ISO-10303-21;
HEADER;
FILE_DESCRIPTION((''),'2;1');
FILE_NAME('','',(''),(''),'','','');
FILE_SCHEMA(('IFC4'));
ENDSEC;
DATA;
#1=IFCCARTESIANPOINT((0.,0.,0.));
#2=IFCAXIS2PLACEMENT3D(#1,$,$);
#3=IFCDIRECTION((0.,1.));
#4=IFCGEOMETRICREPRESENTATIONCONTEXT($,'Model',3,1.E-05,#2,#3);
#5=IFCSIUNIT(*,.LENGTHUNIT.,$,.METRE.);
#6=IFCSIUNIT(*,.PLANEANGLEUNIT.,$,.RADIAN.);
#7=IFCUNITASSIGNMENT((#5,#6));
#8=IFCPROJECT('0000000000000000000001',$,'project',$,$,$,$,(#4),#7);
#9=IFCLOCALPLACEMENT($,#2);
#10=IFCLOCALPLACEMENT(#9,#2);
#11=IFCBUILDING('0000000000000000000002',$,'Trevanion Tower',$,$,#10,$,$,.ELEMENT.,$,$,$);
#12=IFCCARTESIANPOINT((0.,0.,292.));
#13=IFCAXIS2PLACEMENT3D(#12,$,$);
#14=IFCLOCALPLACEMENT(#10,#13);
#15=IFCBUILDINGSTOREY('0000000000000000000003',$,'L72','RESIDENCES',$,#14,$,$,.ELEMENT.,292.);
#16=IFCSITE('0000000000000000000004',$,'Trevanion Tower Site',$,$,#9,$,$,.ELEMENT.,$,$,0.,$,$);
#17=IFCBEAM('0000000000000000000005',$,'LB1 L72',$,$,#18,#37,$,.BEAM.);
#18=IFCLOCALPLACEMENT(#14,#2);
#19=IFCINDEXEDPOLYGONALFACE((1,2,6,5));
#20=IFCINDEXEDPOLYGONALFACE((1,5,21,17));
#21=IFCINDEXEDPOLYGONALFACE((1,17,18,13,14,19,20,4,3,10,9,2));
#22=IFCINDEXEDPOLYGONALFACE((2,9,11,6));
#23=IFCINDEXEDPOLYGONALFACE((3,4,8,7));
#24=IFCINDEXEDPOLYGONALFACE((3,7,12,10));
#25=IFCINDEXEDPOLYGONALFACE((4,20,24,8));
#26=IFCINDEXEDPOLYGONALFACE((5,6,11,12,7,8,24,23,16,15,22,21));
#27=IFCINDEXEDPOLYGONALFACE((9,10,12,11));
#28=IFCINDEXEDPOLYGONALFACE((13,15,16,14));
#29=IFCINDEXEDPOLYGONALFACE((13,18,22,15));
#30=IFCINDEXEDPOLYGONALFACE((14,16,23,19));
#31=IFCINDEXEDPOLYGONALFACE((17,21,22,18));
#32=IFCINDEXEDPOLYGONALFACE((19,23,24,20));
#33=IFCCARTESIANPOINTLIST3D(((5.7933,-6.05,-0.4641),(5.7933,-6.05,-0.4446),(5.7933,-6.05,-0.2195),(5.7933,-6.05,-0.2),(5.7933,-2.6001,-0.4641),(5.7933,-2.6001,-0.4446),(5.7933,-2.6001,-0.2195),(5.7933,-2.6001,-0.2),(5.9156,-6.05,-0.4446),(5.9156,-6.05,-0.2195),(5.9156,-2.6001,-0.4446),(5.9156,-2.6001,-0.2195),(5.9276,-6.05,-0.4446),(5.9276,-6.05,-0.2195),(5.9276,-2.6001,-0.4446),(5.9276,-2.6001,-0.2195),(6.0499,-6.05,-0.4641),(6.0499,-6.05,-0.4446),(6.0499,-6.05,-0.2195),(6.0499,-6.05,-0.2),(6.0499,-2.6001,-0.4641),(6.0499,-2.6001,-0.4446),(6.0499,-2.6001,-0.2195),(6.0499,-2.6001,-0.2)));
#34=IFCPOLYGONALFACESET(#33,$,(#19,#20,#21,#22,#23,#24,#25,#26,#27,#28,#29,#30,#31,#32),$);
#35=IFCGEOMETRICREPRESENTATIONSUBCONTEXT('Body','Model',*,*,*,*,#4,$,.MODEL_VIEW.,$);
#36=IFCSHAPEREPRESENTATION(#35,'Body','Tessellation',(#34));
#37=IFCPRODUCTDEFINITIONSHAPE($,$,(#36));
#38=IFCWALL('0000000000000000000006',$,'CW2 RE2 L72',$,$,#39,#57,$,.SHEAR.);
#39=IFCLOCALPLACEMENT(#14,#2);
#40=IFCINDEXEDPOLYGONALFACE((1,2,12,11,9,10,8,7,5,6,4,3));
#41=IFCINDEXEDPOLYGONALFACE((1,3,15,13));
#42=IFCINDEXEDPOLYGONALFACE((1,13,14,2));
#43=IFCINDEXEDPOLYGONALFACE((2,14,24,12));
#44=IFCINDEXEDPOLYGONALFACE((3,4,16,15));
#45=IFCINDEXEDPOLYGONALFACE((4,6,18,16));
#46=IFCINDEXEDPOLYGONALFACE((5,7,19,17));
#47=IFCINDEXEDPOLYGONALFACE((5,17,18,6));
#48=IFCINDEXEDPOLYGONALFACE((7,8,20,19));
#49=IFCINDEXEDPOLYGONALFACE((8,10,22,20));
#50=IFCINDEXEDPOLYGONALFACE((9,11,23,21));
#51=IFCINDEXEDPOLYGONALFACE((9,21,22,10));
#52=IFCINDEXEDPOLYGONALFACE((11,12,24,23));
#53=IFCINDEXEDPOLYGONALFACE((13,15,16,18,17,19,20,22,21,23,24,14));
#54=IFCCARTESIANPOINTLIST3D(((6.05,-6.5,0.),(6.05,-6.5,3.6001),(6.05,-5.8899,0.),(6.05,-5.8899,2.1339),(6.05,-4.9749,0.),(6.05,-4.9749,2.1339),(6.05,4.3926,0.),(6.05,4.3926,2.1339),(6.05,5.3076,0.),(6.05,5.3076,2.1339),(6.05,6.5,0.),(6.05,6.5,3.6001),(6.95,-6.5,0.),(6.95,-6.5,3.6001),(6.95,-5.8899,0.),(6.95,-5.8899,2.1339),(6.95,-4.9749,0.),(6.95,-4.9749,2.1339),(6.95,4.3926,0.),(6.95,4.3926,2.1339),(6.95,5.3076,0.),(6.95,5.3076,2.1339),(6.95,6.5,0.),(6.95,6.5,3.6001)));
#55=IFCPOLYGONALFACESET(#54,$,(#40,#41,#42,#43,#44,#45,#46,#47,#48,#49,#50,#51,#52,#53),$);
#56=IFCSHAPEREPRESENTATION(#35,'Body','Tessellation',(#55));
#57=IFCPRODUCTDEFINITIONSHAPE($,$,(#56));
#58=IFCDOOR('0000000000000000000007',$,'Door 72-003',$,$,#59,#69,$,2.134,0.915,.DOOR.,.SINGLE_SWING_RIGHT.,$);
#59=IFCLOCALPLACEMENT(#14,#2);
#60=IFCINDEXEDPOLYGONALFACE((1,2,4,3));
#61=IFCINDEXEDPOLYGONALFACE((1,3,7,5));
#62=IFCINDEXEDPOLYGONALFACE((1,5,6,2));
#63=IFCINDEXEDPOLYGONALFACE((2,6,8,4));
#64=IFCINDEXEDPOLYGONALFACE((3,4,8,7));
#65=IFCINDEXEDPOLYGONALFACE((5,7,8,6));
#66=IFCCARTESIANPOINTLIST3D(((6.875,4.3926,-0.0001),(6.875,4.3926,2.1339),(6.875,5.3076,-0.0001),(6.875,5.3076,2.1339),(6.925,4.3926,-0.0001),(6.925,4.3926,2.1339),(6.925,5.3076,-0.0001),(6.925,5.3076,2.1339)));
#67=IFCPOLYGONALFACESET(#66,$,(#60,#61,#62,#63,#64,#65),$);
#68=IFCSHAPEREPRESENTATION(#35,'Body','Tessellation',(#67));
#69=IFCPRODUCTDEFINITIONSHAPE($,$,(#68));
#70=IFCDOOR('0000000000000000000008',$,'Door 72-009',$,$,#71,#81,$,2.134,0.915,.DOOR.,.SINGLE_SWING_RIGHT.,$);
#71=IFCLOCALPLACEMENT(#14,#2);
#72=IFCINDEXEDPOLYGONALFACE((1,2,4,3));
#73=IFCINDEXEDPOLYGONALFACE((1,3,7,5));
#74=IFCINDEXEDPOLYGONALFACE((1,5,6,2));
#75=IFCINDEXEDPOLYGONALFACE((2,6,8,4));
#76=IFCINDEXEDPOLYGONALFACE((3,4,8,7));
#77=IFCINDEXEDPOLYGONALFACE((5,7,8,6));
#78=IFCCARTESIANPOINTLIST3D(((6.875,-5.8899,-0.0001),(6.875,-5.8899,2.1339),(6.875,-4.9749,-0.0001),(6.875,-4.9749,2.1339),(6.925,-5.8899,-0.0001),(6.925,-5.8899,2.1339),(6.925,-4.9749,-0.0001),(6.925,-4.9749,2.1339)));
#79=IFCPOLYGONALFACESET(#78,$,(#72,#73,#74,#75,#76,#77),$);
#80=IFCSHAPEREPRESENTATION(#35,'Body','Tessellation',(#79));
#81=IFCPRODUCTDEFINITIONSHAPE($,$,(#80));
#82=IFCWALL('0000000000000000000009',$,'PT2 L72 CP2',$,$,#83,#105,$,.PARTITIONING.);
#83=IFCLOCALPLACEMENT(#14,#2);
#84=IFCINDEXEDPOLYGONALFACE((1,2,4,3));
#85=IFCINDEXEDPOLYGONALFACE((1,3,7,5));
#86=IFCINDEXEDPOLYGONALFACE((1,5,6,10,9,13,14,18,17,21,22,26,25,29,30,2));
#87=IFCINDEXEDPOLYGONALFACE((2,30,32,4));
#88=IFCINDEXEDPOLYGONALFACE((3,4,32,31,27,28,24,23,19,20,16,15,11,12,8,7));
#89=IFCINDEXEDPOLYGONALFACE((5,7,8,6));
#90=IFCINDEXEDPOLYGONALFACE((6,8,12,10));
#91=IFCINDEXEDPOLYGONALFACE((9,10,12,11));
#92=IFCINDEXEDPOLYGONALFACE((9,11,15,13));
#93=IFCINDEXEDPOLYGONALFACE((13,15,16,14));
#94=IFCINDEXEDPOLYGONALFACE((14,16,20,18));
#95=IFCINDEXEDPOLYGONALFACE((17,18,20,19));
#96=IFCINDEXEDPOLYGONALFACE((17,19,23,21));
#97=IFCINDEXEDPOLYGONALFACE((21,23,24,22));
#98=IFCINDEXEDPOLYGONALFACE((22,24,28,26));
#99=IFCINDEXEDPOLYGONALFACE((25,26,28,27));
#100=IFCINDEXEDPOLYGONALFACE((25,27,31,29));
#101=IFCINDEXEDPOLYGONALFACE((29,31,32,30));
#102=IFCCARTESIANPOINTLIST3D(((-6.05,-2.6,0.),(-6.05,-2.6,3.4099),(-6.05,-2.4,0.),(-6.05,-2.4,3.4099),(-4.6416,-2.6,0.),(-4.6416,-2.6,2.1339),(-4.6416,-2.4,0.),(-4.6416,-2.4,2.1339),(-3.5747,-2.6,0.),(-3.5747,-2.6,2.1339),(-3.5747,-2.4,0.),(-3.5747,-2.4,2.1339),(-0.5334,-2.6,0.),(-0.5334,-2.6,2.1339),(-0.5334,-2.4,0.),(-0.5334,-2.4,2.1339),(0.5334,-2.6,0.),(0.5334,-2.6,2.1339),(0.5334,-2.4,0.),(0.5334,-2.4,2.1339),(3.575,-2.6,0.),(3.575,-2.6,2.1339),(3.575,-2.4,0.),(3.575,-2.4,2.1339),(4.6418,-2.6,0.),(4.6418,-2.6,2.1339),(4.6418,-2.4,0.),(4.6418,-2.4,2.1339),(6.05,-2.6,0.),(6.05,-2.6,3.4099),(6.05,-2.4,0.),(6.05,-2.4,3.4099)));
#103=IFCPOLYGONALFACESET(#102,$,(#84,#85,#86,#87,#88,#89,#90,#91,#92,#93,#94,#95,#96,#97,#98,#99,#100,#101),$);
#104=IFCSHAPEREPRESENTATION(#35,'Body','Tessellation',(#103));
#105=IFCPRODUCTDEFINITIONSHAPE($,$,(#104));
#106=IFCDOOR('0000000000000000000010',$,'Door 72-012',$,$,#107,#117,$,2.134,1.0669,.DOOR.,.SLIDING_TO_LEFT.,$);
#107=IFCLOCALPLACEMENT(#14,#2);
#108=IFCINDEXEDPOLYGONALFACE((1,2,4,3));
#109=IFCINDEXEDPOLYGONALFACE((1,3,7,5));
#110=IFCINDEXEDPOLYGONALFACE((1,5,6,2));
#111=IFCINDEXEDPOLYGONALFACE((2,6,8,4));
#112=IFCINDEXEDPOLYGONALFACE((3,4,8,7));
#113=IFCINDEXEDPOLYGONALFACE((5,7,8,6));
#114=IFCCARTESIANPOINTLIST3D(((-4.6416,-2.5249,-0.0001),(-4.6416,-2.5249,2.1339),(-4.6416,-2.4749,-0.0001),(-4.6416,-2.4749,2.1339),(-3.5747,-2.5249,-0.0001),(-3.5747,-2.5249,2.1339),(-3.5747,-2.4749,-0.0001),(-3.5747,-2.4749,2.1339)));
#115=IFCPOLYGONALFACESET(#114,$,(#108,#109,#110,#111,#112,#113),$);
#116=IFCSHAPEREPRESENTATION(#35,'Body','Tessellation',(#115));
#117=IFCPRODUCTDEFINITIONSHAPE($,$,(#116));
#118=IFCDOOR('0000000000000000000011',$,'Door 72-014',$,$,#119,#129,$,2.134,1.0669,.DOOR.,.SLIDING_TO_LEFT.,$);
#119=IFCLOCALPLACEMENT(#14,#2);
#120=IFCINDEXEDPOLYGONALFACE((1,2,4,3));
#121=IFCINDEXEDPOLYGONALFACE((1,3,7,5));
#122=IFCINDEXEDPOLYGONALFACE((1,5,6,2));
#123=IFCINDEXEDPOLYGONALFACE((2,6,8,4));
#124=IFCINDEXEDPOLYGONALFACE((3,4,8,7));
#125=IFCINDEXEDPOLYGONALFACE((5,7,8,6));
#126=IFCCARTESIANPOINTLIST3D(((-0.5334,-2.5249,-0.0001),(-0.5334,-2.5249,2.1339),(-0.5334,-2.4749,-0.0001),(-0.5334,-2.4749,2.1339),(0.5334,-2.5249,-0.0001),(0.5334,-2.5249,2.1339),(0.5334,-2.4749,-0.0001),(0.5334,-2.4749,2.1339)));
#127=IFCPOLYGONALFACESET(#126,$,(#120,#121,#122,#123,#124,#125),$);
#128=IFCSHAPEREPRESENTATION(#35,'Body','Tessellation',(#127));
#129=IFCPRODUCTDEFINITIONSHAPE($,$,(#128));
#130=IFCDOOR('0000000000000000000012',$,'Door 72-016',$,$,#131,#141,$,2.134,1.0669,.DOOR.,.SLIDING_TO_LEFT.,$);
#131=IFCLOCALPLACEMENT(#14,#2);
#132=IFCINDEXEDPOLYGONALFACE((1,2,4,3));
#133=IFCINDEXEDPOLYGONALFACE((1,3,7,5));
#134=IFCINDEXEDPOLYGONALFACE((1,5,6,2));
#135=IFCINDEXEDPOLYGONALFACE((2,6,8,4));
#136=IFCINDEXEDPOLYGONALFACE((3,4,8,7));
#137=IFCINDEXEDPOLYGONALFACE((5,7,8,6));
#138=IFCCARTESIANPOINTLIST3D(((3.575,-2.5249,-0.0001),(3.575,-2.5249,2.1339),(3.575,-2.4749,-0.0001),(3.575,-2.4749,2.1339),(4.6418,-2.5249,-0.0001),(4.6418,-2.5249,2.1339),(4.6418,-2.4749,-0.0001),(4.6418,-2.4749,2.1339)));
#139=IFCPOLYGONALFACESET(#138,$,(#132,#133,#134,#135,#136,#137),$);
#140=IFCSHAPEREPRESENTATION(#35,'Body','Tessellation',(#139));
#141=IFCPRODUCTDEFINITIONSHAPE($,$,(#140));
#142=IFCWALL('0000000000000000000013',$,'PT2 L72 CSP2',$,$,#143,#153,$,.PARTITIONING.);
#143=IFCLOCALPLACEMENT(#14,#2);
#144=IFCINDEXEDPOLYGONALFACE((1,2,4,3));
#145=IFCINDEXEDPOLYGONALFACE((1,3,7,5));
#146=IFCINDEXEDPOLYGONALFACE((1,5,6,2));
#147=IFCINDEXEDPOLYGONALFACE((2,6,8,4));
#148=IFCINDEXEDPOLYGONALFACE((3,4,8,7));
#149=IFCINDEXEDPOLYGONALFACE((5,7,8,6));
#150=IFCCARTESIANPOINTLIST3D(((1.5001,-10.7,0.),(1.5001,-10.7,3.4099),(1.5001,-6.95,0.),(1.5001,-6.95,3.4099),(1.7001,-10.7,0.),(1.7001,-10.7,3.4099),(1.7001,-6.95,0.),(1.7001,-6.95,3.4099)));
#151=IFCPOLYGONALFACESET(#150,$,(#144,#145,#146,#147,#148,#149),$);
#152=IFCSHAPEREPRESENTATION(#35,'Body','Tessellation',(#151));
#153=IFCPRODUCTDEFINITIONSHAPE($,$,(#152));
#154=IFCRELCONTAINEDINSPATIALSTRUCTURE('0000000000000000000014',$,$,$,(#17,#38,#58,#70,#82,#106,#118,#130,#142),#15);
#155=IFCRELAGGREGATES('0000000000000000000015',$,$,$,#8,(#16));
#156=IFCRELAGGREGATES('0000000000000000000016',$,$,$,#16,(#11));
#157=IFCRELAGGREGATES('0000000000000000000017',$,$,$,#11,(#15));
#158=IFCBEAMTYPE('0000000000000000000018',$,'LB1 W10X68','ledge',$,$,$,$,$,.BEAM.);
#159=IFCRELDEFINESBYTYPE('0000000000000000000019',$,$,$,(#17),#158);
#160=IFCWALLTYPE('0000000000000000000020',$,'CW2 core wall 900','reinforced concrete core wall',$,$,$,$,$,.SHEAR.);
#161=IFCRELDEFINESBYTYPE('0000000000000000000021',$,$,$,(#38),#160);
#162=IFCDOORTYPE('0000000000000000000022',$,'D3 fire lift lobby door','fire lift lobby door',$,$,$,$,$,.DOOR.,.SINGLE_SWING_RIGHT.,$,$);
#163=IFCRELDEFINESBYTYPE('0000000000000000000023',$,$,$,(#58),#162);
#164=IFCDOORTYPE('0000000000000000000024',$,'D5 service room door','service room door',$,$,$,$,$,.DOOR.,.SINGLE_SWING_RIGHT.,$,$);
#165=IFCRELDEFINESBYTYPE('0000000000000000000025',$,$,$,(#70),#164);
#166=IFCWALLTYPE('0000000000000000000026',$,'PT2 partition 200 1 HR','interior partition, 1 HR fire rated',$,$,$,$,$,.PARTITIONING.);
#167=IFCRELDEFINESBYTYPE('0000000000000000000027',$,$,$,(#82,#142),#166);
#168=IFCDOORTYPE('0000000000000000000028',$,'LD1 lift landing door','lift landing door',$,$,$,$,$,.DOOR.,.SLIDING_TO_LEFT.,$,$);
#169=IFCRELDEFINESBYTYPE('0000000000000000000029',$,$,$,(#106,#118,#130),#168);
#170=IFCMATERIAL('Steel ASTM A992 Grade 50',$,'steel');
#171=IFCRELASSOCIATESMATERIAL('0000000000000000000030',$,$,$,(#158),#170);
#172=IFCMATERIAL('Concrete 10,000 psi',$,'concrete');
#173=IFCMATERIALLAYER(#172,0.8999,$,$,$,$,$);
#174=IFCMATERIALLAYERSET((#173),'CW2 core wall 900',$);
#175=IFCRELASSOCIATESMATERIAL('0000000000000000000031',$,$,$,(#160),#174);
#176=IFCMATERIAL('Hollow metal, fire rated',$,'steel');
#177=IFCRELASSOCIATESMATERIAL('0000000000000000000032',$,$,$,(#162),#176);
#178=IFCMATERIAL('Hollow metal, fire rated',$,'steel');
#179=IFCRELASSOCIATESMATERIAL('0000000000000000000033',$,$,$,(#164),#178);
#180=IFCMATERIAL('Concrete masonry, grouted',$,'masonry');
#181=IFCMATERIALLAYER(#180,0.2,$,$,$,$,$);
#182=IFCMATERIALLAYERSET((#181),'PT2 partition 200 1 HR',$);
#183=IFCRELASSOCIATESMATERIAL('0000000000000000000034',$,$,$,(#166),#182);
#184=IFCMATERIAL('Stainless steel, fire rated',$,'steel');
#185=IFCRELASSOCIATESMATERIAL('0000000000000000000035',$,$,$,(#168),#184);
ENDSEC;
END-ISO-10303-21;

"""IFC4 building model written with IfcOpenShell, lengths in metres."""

from ifc_helpers import new_model, si_unit, direction, frame, frame_2d, origin, origin_2d, place, context, subcontext, project, spatial, rectangle, i_section, extrude, material, layer, layer_set, material_profile, profile_set, type_object, element, fill, save


model = new_model("IFC4")

# Units and contexts
model_context = context("Model", 3, precision=1e-05, world=origin(), true_north=direction((0.0, 1.0)))
body_context = subcontext(model_context, "Body", "Model", "MODEL_VIEW")
ifc_project = project(units=[si_unit("LENGTHUNIT", "METRE"), si_unit("PLANEANGLEUNIT", "RADIAN")], contexts=[model_context])

# Site, building, storey
site_placement = place(None, origin())
site = spatial("IfcSite", under=ifc_project, at=site_placement, Name="Trevanion Tower Site", CompositionType="ELEMENT", RefElevation=0.0)
building_placement = place(site_placement, origin())
building = spatial("IfcBuilding", under=site, at=building_placement, Name="Trevanion Tower", CompositionType="ELEMENT")
storey_placement = place(building_placement, frame((0.0, 0.0, 292.0)))
storey = spatial("IfcBuildingStorey", under=building, at=storey_placement, Name="L72", Description="RESIDENCES", CompositionType="ELEMENT", Elevation=292.0)

# Beam
ifc_material_1 = material(Name="Steel ASTM A992 Grade 50", Category="steel")
ifc_material_profile = material_profile(ifc_material_1, i_section(OverallWidth=0.2566, OverallDepth=0.2642, WebThickness=0.012, FlangeThickness=0.0195, at=origin_2d()), Name="W10X68")
ifc_profile_set = profile_set([ifc_material_profile], Name="Steel ASTM A992 Grade 50")
beam_type = type_object("IfcBeamType", Name="LB1 W10X68", Description="ledge", PredefinedType="BEAM", material=ifc_profile_set)
beam_placement = place(storey_placement, frame((5.9216, -6.05, -0.332), z_axis=(0.0, 1.0, 0.0), x_axis=(-1.0, 0.0, 0.0)))
element("IfcBeam", 1, at=beam_placement, inside=storey, type_object=beam_type, Name="LB1 L72", PredefinedType="BEAM", context=body_context, shape_type="SweptSolid", body=[
    extrude(i_section(OverallWidth=0.2566, OverallDepth=0.2642, WebThickness=0.012, FlangeThickness=0.0195, at=origin_2d()), origin(), (0.0, 0.0, 1.0), 3.45),
])

# Walls, openings, doors
ifc_material_2 = material(Name="Concrete 10,000 psi", Category="concrete")
ifc_layer_1 = layer(ifc_material_2, 0.8999)
ifc_layer_set_1 = layer_set([ifc_layer_1], Name="CW2 core wall 900")
wall_type_1 = type_object("IfcWallType", Name="CW2 core wall 900", Description="reinforced concrete core wall", PredefinedType="SHEAR", material=ifc_layer_set_1)
wall_1_placement = place(storey_placement, frame((6.5, -6.5, 0.0), z_axis=(0.0, 0.0, 1.0), x_axis=(0.0, 1.0, 0.0)))
wall_1 = element("IfcWall", 2, at=wall_1_placement, inside=storey, type_object=wall_type_1, Name="CW2 RE2 L72", PredefinedType="SHEAR", context=body_context, shape_type="SweptSolid", body=[
    extrude(rectangle(XDim=13.0, YDim=0.8999, at=frame_2d((6.5, 0.0))), origin(), (0.0, 0.0, 1.0), 3.6001),
])
opening_1_placement = place(wall_1_placement, frame((10.8926, 0.0, 0.0)))
opening_1 = element("IfcOpeningElement", 3, at=opening_1_placement, cuts=wall_1, PredefinedType="OPENING", context=body_context, shape_type="SweptSolid", body=[
    extrude(rectangle(XDim=0.915, YDim=2.134, at=frame_2d((0.4575, 1.0669))), frame((0.0, 0.46, 0.0), z_axis=(0.0, -1.0, 0.0), x_axis=(1.0, 0.0, 0.0)), (0.0, 0.0, 1.0), 0.9199),
])
opening_2_placement = place(wall_1_placement, frame((0.6101, 0.0, 0.0)))
opening_2 = element("IfcOpeningElement", 4, at=opening_2_placement, cuts=wall_1, PredefinedType="OPENING", context=body_context, shape_type="SweptSolid", body=[
    extrude(rectangle(XDim=0.915, YDim=2.134, at=frame_2d((0.4575, 1.0669))), frame((0.0, 0.46, 0.0), z_axis=(0.0, -1.0, 0.0), x_axis=(1.0, 0.0, 0.0)), (0.0, 0.0, 1.0), 0.9199),
])
ifc_material_3 = material(Name="Hollow metal, fire rated", Category="steel")
door_type_1 = type_object("IfcDoorType", Name="D3 fire lift lobby door", Description="fire lift lobby door", OperationType="SINGLE_SWING_RIGHT", PredefinedType="DOOR", material=ifc_material_3)
door_1_placement = place(opening_1_placement, origin())
door_1 = element("IfcDoor", 5, at=door_1_placement, inside=storey, type_object=door_type_1, Name="Door 72-003", OperationType="SINGLE_SWING_RIGHT", OverallHeight=2.134, OverallWidth=0.915, PredefinedType="DOOR", context=body_context, shape_type="SweptSolid", body=[
    extrude(rectangle(XDim=0.915, YDim=2.134, at=frame_2d((0.4575, 1.0669))), frame((0.0, -0.375, 0.0), z_axis=(0.0, -1.0, 0.0), x_axis=(1.0, 0.0, 0.0)), (0.0, 0.0, 1.0), 0.05),
])
fill(opening_1, door_1)
ifc_material_4 = material(Name="Hollow metal, fire rated", Category="steel")
door_type_2 = type_object("IfcDoorType", Name="D5 service room door", Description="service room door", OperationType="SINGLE_SWING_RIGHT", PredefinedType="DOOR", material=ifc_material_4)
door_2_placement = place(opening_2_placement, origin())
door_2 = element("IfcDoor", 6, at=door_2_placement, inside=storey, type_object=door_type_2, Name="Door 72-009", OperationType="SINGLE_SWING_RIGHT", OverallHeight=2.134, OverallWidth=0.915, PredefinedType="DOOR", context=body_context, shape_type="SweptSolid", body=[
    extrude(rectangle(XDim=0.915, YDim=2.134, at=frame_2d((0.4575, 1.0669))), frame((0.0, -0.375, 0.0), z_axis=(0.0, -1.0, 0.0), x_axis=(1.0, 0.0, 0.0)), (0.0, 0.0, 1.0), 0.05),
])
fill(opening_2, door_2)
ifc_material_5 = material(Name="Concrete masonry, grouted", Category="masonry")
ifc_layer_2 = layer(ifc_material_5, 0.2)
ifc_layer_set_2 = layer_set([ifc_layer_2], Name="PT2 partition 200 1 HR")
wall_type_2 = type_object("IfcWallType", Name="PT2 partition 200 1 HR", Description="interior partition, 1 HR fire rated", PredefinedType="PARTITIONING", material=ifc_layer_set_2)
wall_2_placement = place(storey_placement, frame((6.05, -2.5, 0.0), z_axis=(0.0, 0.0, 1.0), x_axis=(-1.0, 0.0, 0.0)))
wall_2 = element("IfcWall", 7, at=wall_2_placement, inside=storey, type_object=wall_type_2, Name="PT2 L72 CP2", PredefinedType="PARTITIONING", context=body_context, shape_type="SweptSolid", body=[
    extrude(rectangle(XDim=12.1001, YDim=0.2, at=frame_2d((6.05, 0.0))), origin(), (0.0, 0.0, 1.0), 3.4099),
])
opening_3_placement = place(wall_2_placement, frame((9.6248, 0.0, 0.0)))
opening_3 = element("IfcOpeningElement", 8, at=opening_3_placement, cuts=wall_2, PredefinedType="OPENING", context=body_context, shape_type="SweptSolid", body=[
    extrude(rectangle(XDim=1.0669, YDim=2.134, at=frame_2d((0.5334, 1.0669))), frame((0.0, 0.1099, 0.0), z_axis=(0.0, -1.0, 0.0), x_axis=(1.0, 0.0, 0.0)), (0.0, 0.0, 1.0), 0.22),
])
opening_4_placement = place(wall_2_placement, frame((5.5166, 0.0, 0.0)))
opening_4 = element("IfcOpeningElement", 9, at=opening_4_placement, cuts=wall_2, PredefinedType="OPENING", context=body_context, shape_type="SweptSolid", body=[
    extrude(rectangle(XDim=1.0669, YDim=2.134, at=frame_2d((0.5334, 1.0669))), frame((0.0, 0.1099, 0.0), z_axis=(0.0, -1.0, 0.0), x_axis=(1.0, 0.0, 0.0)), (0.0, 0.0, 1.0), 0.22),
])
opening_5_placement = place(wall_2_placement, frame((1.4082, 0.0, 0.0)))
opening_5 = element("IfcOpeningElement", 10, at=opening_5_placement, cuts=wall_2, PredefinedType="OPENING", context=body_context, shape_type="SweptSolid", body=[
    extrude(rectangle(XDim=1.0669, YDim=2.134, at=frame_2d((0.5334, 1.0669))), frame((0.0, 0.1099, 0.0), z_axis=(0.0, -1.0, 0.0), x_axis=(1.0, 0.0, 0.0)), (0.0, 0.0, 1.0), 0.22),
])
ifc_material_6 = material(Name="Stainless steel, fire rated", Category="steel")
door_type_3 = type_object("IfcDoorType", Name="LD1 lift landing door", Description="lift landing door", OperationType="SLIDING_TO_LEFT", PredefinedType="DOOR", material=ifc_material_6)
door_3_placement = place(opening_3_placement, origin())
door_3 = element("IfcDoor", 11, at=door_3_placement, inside=storey, type_object=door_type_3, Name="Door 72-012", OperationType="SLIDING_TO_LEFT", OverallHeight=2.134, OverallWidth=1.0669, PredefinedType="DOOR", context=body_context, shape_type="SweptSolid", body=[
    extrude(rectangle(XDim=1.0669, YDim=2.134, at=frame_2d((0.5334, 1.0669))), frame((0.0, 0.0249, 0.0), z_axis=(0.0, -1.0, 0.0), x_axis=(1.0, 0.0, 0.0)), (0.0, 0.0, 1.0), 0.05),
])
fill(opening_3, door_3)
door_4_placement = place(opening_4_placement, origin())
door_4 = element("IfcDoor", 12, at=door_4_placement, inside=storey, type_object=door_type_3, Name="Door 72-014", OperationType="SLIDING_TO_LEFT", OverallHeight=2.134, OverallWidth=1.0669, PredefinedType="DOOR", context=body_context, shape_type="SweptSolid", body=[
    extrude(rectangle(XDim=1.0669, YDim=2.134, at=frame_2d((0.5334, 1.0669))), frame((0.0, 0.0249, 0.0), z_axis=(0.0, -1.0, 0.0), x_axis=(1.0, 0.0, 0.0)), (0.0, 0.0, 1.0), 0.05),
])
fill(opening_4, door_4)
door_5_placement = place(opening_5_placement, origin())
door_5 = element("IfcDoor", 13, at=door_5_placement, inside=storey, type_object=door_type_3, Name="Door 72-016", OperationType="SLIDING_TO_LEFT", OverallHeight=2.134, OverallWidth=1.0669, PredefinedType="DOOR", context=body_context, shape_type="SweptSolid", body=[
    extrude(rectangle(XDim=1.0669, YDim=2.134, at=frame_2d((0.5334, 1.0669))), frame((0.0, 0.0249, 0.0), z_axis=(0.0, -1.0, 0.0), x_axis=(1.0, 0.0, 0.0)), (0.0, 0.0, 1.0), 0.05),
])
fill(opening_5, door_5)

# Wall
wall_3_placement = place(storey_placement, frame((1.6001, -6.95, 0.0), z_axis=(0.0, 0.0, 1.0), x_axis=(0.0, -1.0, 0.0)))
element("IfcWall", 14, at=wall_3_placement, inside=storey, type_object=wall_type_2, Name="PT2 L72 CSP2", PredefinedType="PARTITIONING", context=body_context, shape_type="SweptSolid", body=[
    extrude(rectangle(XDim=3.75, YDim=0.2, at=frame_2d((1.875, 0.0))), origin(), (0.0, 0.0, 1.0), 3.4099),
])

save(model, "model.ifc")
